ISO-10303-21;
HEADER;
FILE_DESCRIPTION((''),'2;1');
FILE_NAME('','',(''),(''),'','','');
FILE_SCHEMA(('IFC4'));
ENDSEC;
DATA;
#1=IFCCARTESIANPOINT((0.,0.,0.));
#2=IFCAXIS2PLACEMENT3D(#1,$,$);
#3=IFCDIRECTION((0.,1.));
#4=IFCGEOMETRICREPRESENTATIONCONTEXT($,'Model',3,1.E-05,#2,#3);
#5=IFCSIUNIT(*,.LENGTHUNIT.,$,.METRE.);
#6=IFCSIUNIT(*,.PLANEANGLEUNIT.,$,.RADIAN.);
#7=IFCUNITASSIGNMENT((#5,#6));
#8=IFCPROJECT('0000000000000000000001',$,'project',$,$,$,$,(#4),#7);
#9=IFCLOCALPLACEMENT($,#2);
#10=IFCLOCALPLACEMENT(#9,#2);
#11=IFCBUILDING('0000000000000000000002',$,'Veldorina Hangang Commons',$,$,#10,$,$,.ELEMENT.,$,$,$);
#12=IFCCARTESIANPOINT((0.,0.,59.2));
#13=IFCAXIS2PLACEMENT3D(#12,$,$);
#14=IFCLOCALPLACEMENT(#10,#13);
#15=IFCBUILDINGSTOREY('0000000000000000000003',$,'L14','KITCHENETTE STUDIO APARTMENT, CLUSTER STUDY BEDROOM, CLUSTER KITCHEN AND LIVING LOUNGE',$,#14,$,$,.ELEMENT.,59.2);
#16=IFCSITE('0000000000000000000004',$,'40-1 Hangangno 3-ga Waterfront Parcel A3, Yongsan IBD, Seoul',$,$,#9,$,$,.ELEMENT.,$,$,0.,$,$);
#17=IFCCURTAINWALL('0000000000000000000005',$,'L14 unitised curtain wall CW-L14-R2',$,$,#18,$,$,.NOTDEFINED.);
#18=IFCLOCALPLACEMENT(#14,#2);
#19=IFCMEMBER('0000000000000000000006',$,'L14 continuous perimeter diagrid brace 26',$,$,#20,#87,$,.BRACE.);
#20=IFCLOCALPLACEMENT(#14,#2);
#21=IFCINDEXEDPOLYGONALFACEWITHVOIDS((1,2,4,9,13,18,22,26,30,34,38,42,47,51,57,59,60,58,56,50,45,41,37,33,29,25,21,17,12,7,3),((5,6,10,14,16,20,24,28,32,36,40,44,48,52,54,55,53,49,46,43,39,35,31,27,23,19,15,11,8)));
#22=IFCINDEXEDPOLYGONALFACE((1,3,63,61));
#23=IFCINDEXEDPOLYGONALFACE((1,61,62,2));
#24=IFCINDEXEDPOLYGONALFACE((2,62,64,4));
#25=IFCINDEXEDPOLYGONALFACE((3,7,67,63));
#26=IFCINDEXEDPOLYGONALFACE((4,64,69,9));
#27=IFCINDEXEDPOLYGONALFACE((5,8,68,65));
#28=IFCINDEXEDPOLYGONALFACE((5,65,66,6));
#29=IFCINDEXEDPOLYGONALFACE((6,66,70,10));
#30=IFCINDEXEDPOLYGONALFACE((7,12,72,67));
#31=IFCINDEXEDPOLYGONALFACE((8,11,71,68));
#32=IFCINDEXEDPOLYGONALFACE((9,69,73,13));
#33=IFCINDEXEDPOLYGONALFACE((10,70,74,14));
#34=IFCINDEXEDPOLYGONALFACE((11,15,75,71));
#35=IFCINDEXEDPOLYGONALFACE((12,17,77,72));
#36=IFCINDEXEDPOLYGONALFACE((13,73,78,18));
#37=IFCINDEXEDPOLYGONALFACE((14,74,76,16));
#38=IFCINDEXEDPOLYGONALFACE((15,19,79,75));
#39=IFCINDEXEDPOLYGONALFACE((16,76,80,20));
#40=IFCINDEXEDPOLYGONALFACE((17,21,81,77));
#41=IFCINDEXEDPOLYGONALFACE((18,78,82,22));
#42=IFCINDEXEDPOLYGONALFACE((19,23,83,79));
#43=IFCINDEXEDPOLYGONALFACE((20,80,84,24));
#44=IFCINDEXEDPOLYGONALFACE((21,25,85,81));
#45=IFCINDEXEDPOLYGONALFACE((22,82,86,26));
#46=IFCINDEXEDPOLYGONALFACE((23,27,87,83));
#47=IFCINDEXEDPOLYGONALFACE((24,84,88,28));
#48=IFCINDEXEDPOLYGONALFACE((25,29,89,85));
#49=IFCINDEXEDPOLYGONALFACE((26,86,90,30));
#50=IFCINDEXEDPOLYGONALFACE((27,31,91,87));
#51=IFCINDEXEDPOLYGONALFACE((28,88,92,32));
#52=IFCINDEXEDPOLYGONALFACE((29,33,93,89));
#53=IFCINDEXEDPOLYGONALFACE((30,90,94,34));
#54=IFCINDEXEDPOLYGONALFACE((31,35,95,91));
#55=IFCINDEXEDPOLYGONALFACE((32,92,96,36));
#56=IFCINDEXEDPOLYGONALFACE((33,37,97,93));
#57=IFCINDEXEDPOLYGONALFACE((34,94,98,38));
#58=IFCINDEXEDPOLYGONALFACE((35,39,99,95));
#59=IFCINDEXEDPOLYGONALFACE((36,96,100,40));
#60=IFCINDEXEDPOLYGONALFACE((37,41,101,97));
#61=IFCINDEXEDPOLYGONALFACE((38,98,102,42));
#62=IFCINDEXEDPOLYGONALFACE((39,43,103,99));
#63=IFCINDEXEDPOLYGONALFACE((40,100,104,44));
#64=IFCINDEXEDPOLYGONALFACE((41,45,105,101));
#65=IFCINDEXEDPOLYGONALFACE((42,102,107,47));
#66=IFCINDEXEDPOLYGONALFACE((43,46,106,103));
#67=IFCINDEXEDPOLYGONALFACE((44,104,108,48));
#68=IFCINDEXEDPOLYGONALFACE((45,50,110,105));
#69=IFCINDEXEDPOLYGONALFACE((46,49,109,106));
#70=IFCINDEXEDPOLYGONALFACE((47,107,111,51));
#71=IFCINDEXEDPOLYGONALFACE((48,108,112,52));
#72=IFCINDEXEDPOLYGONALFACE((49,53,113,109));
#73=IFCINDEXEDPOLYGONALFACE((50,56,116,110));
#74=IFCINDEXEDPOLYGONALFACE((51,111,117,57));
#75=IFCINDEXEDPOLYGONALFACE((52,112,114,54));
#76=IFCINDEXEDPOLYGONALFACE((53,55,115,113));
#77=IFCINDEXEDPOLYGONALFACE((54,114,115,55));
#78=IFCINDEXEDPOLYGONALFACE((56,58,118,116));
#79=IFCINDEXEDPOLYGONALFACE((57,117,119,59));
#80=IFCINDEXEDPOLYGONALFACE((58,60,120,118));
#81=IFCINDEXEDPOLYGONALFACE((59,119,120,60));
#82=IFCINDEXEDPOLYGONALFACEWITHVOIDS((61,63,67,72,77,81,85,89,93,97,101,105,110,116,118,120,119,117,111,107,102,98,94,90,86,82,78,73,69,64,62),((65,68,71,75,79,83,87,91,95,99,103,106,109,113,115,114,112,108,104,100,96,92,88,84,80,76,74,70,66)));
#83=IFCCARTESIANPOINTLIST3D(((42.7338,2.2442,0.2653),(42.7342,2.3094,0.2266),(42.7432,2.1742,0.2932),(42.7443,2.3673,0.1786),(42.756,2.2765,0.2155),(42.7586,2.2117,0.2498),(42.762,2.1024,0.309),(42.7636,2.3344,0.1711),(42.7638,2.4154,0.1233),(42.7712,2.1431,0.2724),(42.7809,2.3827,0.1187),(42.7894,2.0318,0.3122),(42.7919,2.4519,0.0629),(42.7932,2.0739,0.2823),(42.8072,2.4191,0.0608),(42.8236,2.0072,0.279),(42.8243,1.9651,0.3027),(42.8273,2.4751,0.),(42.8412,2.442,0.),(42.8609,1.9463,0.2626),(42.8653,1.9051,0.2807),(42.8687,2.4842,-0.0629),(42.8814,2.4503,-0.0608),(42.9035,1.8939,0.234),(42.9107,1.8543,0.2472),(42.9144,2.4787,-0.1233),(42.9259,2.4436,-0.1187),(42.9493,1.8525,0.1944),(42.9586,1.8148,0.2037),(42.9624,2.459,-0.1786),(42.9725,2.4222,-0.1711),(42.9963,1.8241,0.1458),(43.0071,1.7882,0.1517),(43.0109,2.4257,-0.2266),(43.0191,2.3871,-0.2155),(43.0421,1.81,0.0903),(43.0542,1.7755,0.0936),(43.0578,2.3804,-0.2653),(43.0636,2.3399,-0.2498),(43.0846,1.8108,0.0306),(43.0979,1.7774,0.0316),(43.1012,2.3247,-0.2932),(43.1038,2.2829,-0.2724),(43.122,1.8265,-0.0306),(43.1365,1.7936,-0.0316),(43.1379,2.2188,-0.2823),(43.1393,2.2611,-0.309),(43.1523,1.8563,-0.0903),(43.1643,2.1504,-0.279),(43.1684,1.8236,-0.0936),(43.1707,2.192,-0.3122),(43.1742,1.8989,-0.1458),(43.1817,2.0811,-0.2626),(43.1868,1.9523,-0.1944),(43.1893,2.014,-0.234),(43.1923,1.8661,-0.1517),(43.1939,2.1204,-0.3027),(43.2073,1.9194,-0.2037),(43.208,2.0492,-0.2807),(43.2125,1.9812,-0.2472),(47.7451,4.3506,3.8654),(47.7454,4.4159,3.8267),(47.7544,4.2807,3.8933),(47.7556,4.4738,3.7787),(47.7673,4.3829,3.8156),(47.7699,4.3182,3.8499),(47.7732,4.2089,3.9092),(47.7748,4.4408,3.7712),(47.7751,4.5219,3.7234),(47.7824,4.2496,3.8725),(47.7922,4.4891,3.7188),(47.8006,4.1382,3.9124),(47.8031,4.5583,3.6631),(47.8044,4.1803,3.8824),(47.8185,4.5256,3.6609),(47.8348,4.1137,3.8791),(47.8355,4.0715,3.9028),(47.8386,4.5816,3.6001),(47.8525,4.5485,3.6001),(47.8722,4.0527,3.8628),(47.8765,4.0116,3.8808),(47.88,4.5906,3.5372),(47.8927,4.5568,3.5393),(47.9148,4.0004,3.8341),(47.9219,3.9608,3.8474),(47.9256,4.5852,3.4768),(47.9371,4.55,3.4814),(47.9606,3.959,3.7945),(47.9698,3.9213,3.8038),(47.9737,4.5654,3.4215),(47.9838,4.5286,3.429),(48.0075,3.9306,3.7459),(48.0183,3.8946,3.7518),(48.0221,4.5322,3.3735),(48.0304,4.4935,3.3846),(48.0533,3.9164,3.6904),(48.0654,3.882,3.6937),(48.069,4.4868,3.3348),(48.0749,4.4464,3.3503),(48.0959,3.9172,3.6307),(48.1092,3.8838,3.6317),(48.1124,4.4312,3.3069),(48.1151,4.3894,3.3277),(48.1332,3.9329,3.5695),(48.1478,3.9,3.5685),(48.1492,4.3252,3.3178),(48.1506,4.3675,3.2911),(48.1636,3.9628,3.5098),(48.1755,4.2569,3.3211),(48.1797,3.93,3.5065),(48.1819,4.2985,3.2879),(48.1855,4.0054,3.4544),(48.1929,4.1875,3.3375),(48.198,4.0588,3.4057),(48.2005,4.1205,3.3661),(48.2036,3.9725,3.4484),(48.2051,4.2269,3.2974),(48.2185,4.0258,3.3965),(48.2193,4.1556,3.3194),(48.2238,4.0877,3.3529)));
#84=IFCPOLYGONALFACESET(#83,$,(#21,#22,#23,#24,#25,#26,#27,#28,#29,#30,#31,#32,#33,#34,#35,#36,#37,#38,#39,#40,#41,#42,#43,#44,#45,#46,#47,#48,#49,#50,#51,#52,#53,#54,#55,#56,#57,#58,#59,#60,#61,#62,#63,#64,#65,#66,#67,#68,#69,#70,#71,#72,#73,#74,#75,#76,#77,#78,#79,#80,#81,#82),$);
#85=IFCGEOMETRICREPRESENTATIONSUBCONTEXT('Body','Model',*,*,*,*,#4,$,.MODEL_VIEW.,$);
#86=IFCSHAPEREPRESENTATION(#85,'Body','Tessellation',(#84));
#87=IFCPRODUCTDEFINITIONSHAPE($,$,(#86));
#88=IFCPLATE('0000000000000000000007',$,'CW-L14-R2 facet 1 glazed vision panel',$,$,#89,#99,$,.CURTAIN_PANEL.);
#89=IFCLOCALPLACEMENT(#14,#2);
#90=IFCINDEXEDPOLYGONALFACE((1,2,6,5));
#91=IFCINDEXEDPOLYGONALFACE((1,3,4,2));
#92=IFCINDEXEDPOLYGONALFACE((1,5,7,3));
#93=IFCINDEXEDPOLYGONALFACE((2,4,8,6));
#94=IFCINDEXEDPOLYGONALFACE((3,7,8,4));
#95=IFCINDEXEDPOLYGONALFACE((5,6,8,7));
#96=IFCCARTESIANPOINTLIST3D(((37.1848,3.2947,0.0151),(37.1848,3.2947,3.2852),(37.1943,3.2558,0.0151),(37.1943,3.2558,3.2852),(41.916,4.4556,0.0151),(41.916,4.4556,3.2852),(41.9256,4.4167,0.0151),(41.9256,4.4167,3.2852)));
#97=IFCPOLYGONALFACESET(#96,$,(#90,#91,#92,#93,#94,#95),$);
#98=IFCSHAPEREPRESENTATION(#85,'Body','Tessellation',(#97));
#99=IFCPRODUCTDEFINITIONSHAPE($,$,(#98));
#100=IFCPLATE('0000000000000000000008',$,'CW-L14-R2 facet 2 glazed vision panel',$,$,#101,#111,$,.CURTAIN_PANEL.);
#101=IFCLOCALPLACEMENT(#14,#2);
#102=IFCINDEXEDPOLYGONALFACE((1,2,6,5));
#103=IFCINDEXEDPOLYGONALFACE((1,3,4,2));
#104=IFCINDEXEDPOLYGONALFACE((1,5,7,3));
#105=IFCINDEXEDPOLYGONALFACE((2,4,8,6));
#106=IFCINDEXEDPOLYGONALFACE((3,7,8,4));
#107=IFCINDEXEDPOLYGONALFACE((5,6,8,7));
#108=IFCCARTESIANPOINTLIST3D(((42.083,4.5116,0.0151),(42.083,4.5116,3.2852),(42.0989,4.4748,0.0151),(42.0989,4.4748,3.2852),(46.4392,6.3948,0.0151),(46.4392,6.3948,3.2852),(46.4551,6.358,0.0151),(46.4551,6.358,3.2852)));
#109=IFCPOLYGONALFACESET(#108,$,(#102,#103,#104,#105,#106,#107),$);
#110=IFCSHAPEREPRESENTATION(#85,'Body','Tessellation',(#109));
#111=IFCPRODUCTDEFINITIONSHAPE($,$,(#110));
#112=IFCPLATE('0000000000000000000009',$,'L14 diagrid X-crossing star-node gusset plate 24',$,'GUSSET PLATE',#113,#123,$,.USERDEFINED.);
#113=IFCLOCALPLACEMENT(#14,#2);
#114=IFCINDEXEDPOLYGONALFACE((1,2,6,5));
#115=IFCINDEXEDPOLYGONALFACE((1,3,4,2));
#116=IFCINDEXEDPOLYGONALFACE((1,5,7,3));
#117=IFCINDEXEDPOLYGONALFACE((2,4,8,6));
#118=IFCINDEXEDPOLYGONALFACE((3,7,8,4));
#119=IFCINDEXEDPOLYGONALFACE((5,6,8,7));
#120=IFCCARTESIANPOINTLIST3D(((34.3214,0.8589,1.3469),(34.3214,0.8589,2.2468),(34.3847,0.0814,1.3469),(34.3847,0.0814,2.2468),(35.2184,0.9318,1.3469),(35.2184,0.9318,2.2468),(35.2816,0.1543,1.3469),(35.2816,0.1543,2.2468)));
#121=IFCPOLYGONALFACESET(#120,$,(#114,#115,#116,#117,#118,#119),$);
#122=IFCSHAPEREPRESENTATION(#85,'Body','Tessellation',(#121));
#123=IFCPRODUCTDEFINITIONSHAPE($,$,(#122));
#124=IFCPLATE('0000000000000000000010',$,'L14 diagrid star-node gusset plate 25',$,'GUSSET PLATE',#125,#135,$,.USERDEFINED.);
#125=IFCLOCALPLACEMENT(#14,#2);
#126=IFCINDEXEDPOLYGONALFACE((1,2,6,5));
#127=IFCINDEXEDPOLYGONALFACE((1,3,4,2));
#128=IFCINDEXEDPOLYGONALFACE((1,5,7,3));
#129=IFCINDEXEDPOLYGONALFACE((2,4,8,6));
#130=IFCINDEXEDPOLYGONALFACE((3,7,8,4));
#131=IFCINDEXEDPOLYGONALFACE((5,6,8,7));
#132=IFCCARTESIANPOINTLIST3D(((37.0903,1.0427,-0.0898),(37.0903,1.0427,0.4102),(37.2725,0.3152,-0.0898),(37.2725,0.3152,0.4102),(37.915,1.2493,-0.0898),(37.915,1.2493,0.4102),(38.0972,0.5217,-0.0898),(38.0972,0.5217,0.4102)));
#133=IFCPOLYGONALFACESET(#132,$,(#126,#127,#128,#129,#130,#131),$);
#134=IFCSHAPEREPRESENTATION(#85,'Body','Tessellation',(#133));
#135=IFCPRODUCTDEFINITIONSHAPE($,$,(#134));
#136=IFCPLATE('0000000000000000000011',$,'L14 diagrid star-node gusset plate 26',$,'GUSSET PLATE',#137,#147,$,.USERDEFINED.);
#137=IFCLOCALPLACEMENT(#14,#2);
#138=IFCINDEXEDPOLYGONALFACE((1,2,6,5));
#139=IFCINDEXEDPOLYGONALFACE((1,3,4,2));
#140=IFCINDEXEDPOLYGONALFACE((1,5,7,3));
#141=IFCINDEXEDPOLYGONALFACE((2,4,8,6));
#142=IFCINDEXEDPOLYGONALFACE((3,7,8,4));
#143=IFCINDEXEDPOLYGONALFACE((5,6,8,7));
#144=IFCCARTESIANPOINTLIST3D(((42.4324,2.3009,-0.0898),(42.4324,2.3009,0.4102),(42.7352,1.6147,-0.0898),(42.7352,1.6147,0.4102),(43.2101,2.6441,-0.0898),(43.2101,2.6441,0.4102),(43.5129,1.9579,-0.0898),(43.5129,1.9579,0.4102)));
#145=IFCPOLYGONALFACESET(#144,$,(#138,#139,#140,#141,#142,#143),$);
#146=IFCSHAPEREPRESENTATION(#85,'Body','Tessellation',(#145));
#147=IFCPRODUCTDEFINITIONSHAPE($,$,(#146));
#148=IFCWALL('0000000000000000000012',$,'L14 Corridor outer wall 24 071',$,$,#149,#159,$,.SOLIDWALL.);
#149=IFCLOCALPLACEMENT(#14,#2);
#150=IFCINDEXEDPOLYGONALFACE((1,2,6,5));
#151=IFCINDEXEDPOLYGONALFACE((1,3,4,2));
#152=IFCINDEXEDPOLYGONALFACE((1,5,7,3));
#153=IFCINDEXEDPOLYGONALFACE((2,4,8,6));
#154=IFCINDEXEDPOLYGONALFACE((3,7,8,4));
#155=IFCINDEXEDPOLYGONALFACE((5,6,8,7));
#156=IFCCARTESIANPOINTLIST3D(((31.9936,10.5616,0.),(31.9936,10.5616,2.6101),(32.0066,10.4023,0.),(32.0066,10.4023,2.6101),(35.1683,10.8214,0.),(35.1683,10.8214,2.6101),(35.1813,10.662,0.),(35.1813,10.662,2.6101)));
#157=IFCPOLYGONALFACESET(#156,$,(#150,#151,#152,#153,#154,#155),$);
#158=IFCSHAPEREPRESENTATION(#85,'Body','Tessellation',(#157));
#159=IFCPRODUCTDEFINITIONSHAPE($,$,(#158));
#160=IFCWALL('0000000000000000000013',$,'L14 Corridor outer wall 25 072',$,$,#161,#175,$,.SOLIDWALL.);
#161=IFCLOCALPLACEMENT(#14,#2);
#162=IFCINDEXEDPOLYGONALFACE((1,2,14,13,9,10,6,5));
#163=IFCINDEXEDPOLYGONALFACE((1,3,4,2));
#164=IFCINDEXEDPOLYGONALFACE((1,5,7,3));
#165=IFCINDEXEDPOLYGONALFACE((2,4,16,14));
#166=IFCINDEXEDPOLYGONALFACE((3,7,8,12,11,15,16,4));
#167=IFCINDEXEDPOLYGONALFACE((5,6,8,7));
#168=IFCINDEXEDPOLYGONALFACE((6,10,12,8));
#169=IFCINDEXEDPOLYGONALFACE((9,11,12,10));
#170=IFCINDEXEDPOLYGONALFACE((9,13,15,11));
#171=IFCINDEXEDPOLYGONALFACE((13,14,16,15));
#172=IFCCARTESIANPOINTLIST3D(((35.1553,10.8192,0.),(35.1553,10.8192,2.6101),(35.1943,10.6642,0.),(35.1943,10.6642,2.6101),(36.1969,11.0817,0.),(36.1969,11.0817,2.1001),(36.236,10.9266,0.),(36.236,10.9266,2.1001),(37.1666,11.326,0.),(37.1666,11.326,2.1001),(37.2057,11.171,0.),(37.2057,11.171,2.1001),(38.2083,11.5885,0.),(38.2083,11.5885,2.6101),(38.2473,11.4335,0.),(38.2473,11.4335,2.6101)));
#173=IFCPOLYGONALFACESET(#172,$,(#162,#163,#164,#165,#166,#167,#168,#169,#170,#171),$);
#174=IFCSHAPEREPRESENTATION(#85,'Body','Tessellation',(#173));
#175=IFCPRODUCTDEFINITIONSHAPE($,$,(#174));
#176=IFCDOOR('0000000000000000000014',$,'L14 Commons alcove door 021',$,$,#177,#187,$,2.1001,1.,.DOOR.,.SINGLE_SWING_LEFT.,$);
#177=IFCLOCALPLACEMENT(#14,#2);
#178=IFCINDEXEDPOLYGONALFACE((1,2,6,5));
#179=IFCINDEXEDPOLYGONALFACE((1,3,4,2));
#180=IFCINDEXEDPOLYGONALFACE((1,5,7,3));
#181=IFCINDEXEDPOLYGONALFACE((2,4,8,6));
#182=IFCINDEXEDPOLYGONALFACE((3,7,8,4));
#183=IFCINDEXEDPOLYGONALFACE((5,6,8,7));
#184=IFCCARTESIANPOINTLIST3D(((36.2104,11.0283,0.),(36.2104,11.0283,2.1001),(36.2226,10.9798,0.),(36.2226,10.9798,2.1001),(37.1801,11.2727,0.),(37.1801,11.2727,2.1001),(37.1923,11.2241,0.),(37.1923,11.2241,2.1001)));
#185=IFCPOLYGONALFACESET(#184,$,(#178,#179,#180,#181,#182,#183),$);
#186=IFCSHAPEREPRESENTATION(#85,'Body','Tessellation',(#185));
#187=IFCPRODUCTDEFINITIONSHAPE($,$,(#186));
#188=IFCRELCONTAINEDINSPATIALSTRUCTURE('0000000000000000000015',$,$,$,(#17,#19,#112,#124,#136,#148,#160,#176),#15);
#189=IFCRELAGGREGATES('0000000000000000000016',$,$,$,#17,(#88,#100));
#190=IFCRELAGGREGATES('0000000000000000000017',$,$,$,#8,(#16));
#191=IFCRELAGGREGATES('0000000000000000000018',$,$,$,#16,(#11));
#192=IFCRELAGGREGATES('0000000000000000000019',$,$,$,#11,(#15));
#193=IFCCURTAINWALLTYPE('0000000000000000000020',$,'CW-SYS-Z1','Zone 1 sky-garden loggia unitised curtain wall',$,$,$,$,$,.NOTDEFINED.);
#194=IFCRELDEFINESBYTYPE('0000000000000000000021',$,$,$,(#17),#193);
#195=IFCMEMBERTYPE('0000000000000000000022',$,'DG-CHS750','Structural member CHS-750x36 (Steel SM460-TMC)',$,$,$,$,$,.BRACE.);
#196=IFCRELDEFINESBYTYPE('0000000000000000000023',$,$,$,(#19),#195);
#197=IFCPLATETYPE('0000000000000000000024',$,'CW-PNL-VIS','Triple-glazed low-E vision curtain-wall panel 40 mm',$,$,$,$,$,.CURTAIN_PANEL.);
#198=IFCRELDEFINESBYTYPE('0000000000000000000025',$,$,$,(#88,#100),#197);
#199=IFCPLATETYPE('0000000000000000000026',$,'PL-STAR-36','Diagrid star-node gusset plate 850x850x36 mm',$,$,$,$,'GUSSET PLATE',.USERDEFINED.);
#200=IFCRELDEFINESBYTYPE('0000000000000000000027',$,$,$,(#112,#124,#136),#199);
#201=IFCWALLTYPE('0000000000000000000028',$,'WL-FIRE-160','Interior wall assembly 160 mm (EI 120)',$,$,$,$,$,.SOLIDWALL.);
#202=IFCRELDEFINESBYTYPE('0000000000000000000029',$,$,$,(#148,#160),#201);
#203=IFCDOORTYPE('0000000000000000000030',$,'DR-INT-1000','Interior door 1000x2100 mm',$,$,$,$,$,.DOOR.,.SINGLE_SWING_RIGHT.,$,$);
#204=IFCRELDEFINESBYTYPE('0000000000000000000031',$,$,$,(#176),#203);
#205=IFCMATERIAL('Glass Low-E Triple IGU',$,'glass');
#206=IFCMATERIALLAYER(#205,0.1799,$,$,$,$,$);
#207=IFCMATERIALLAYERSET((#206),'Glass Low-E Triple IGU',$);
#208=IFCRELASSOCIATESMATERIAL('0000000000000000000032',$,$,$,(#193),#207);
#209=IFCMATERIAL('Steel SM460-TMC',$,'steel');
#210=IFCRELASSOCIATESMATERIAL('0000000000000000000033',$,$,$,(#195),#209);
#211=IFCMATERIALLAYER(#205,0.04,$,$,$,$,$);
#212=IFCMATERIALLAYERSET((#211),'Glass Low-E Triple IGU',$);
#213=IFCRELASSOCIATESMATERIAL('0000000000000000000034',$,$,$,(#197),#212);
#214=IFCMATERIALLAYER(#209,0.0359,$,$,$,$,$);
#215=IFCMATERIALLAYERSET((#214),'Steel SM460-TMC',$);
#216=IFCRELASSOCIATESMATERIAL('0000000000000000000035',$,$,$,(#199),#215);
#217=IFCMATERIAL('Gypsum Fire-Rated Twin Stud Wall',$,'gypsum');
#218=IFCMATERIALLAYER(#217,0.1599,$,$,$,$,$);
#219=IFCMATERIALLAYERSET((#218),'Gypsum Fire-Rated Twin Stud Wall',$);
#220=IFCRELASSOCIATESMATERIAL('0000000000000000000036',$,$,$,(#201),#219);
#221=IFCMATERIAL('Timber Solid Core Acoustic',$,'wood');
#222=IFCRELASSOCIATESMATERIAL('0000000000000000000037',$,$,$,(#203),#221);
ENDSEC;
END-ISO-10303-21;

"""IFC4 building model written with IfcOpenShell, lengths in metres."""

from ifc_helpers import new_model, si_unit, direction, frame, frame_2d, origin, origin_2d, place, context, subcontext, project, spatial, rectangle, hollow_circle, extrude, material, layer, layer_set, material_profile, profile_set, type_object, element, fill, aggregate, save


model = new_model("IFC4")

# Units and contexts
model_context = context("Model", 3, precision=1e-05, world=origin(), true_north=direction((0.0, 1.0)))
body_context = subcontext(model_context, "Body", "Model", "MODEL_VIEW")
ifc_project = project(units=[si_unit("LENGTHUNIT", "METRE"), si_unit("PLANEANGLEUNIT", "RADIAN")], contexts=[model_context])

# Site, building, storey
site_placement = place(None, origin())
site = spatial("IfcSite", under=ifc_project, at=site_placement, Name="40-1 Hangangno 3-ga Waterfront Parcel A3, Yongsan IBD, Seoul", CompositionType="ELEMENT", RefElevation=0.0)
building_placement = place(site_placement, origin())
building = spatial("IfcBuilding", under=site, at=building_placement, Name="Veldorina Hangang Commons", CompositionType="ELEMENT")
storey_placement = place(building_placement, frame((0.0, 0.0, 59.2)))
storey = spatial("IfcBuildingStorey", under=building, at=storey_placement, Name="L14", Description="KITCHENETTE STUDIO APARTMENT, CLUSTER STUDY BEDROOM, CLUSTER KITCHEN AND LIVING LOUNGE", CompositionType="ELEMENT", Elevation=59.2)

# Shared definitions
ifc_material_1 = material(Name="Steel SM460-TMC", Category="steel")

# Shared definitions
ifc_material_2 = material(Name="Glass Low-E Triple IGU", Category="glass")
ifc_layer_1 = layer(ifc_material_2, 0.1799)
ifc_layer_set_1 = layer_set([ifc_layer_1], Name="Glass Low-E Triple IGU")
curtain_wall_type = type_object("IfcCurtainWallType", Name="CW-SYS-Z1", Description="Zone 1 sky-garden loggia unitised curtain wall", PredefinedType="NOTDEFINED", material=ifc_layer_set_1)

# Curtain wall
curtain_wall_1_placement = place(storey_placement, origin())
curtain_wall_1 = element("IfcCurtainWall", 1, at=curtain_wall_1_placement, inside=storey, type_object=curtain_wall_type, Name="L14 unitised curtain wall CW-L14-R2", PredefinedType="NOTDEFINED")

# Member
ifc_material_profile_1 = material_profile(ifc_material_1, hollow_circle(Radius=0.375, WallThickness=0.0359, at=origin_2d()), Name="CHS-750x36")
ifc_profile_set_1 = profile_set([ifc_material_profile_1], Name="Steel SM460-TMC")
member_type_1 = type_object("IfcMemberType", Name="DG-CHS750", Description="Structural member CHS-750x36 (Steel SM460-TMC)", PredefinedType="BRACE", material=ifc_profile_set_1)
member_1_placement = place(storey_placement, frame((42.9727, 2.1294, 0.0), z_axis=(0.768595, 0.323075, 0.552163), x_axis=(-0.387503, 0.921869, 0.0)))
element("IfcMember", 2, at=member_1_placement, inside=storey, type_object=member_type_1, Name="L14 continuous perimeter diagrid brace 26", PredefinedType="BRACE", context=body_context, shape_type="SweptSolid", body=[
    extrude(hollow_circle(Radius=0.375, WallThickness=0.0359, at=origin_2d()), origin(), (0.0, 0.0, 1.0), 6.52),
])

# Plates
ifc_layer_2 = layer(ifc_material_2, 0.04)
ifc_layer_set_2 = layer_set([ifc_layer_2], Name="Glass Low-E Triple IGU")
plate_type_1 = type_object("IfcPlateType", Name="CW-PNL-VIS", Description="Triple-glazed low-E vision curtain-wall panel 40 mm", PredefinedType="CURTAIN_PANEL", material=ifc_layer_set_2)
plate_1_placement = place(storey_placement, frame((39.5552, 3.8557, 0.0151), z_axis=(0.0, 0.0, 1.0), x_axis=(0.971193, 0.238296, 0.0)))
plate_1 = element("IfcPlate", 3, at=plate_1_placement, type_object=plate_type_1, Name="CW-L14-R2 facet 1 glazed vision panel", PredefinedType="CURTAIN_PANEL", context=body_context, shape_type="SweptSolid", body=[
    extrude(rectangle(XDim=4.8716, YDim=0.04, at=origin_2d()), origin(), (0.0, 0.0, 1.0), 3.27),
])
plate_2_placement = place(storey_placement, frame((44.269, 5.4348, 0.0151), z_axis=(0.0, 0.0, 1.0), x_axis=(0.9179, 0.396811, 0.0)))
plate_2 = element("IfcPlate", 4, at=plate_2_placement, type_object=plate_type_1, Name="CW-L14-R2 facet 2 glazed vision panel", PredefinedType="CURTAIN_PANEL", context=body_context, shape_type="SweptSolid", body=[
    extrude(rectangle(XDim=4.7458, YDim=0.04, at=origin_2d()), origin(), (0.0, 0.0, 1.0), 3.27),
])
aggregate(curtain_wall_1, [plate_1, plate_2])

# Plates
ifc_layer_3 = layer(ifc_material_1, 0.0359)
ifc_layer_set_3 = layer_set([ifc_layer_3], Name="Steel SM460-TMC")
plate_type_2 = type_object("IfcPlateType", Name="PL-STAR-36", Description="Diagrid star-node gusset plate 850x850x36 mm", ElementType="GUSSET PLATE", PredefinedType="USERDEFINED", material=ifc_layer_set_3)
plate_3_placement = place(storey_placement, frame((34.8015, 0.5066, 1.3469), z_axis=(0.0, 0.0, 1.0), x_axis=(0.99671, 0.081051, 0.0)))
element("IfcPlate", 5, at=plate_3_placement, inside=storey, type_object=plate_type_2, Name="L14 diagrid X-crossing star-node gusset plate 24", ObjectType="GUSSET PLATE", PredefinedType="USERDEFINED", context=body_context, shape_type="SweptSolid", body=[
    extrude(rectangle(XDim=0.8999, YDim=0.78, at=origin_2d()), origin(), (0.0, 0.0, 1.0), 0.8999),
])
for number, where, z_axis, x_axis, name in (
    (6, (37.5938, 0.7822, -0.0898), (0.0, 0.0, 1.0), (0.970042, 0.242938, 0.0), "L14 diagrid star-node gusset plate 25"),
    (7, (42.9727, 2.1294, -0.0898), (0.0, 0.0, 1.0), (0.914875, 0.403737, 0.0), "L14 diagrid star-node gusset plate 26"),
):
    element("IfcPlate", number, at=place(storey_placement, frame(where, z_axis=z_axis, x_axis=x_axis)), inside=storey, type_object=plate_type_2, Name=name, ObjectType="GUSSET PLATE", PredefinedType="USERDEFINED", context=body_context, shape_type="SweptSolid", body=[
        extrude(rectangle(XDim=0.8501, YDim=0.75, at=origin_2d()), origin(), (0.0, 0.0, 1.0), 0.5),
    ])

# Wall
ifc_material_3 = material(Name="Gypsum Fire-Rated Twin Stud Wall", Category="gypsum")
ifc_layer_4 = layer(ifc_material_3, 0.1599)
ifc_layer_set_4 = layer_set([ifc_layer_4], Name="Gypsum Fire-Rated Twin Stud Wall")
wall_type_1 = type_object("IfcWallType", Name="WL-FIRE-160", Description="Interior wall assembly 160 mm (EI 120)", PredefinedType="SOLIDWALL", material=ifc_layer_set_4)
wall_1_placement = place(storey_placement, frame((32.0, 10.4819, 0.0), z_axis=(0.0, 0.0, 1.0), x_axis=(0.996669, 0.081548, 0.0)))
element("IfcWall", 8, at=wall_1_placement, inside=storey, type_object=wall_type_1, Name="L14 Corridor outer wall 24 071", PredefinedType="SOLIDWALL", context=body_context, shape_type="SweptSolid", body=[
    extrude(rectangle(XDim=3.1853, YDim=0.1599, at=frame_2d((1.5928, 0.0))), origin(), (0.0, 0.0, 1.0), 2.6101),
])

# Wall, opening, door
wall_2_placement = place(storey_placement, frame((35.1748, 10.7417, 0.0), z_axis=(0.0, 0.0, 1.0), x_axis=(0.969689, 0.244342, 0.0)))
wall_2 = element("IfcWall", 9, at=wall_2_placement, inside=storey, type_object=wall_type_1, Name="L14 Corridor outer wall 25 072", PredefinedType="SOLIDWALL", context=body_context, shape_type="SweptSolid", body=[
    extrude(rectangle(XDim=3.1484, YDim=0.1599, at=frame_2d((1.5742, 0.0))), origin(), (0.0, 0.0, 1.0), 2.6101),
])
opening_1_placement = place(wall_2_placement, frame((1.0742, 0.0, 0.0)))
opening_1 = element("IfcOpeningElement", 10, at=opening_1_placement, cuts=wall_2, PredefinedType="OPENING", context=body_context, shape_type="SweptSolid", body=[
    extrude(rectangle(XDim=1.0, YDim=2.1001, at=frame_2d((0.5, 1.05))), frame((0.0, 0.0898, 0.0), z_axis=(0.0, -1.0, 0.0), x_axis=(1.0, 0.0, 0.0)), (0.0, 0.0, 1.0), 0.1799),
])
ifc_material_4 = material(Name="Timber Solid Core Acoustic", Category="wood")
door_type_1 = type_object("IfcDoorType", Name="DR-INT-1000", Description="Interior door 1000x2100 mm", OperationType="SINGLE_SWING_RIGHT", PredefinedType="DOOR", material=ifc_material_4)
door_1_placement = place(opening_1_placement, origin())
door_1 = element("IfcDoor", 11, at=door_1_placement, inside=storey, type_object=door_type_1, Name="L14 Commons alcove door 021", OperationType="SINGLE_SWING_LEFT", OverallHeight=2.1001, OverallWidth=1.0, PredefinedType="DOOR", context=body_context, shape_type="SweptSolid", body=[
    extrude(rectangle(XDim=1.0, YDim=2.1001, at=frame_2d((0.5, 1.05))), frame((0.0, 0.0249, 0.0), z_axis=(0.0, -1.0, 0.0), x_axis=(1.0, 0.0, 0.0)), (0.0, 0.0, 1.0), 0.05),
])
fill(opening_1, door_1)

save(model, "model.ifc")
